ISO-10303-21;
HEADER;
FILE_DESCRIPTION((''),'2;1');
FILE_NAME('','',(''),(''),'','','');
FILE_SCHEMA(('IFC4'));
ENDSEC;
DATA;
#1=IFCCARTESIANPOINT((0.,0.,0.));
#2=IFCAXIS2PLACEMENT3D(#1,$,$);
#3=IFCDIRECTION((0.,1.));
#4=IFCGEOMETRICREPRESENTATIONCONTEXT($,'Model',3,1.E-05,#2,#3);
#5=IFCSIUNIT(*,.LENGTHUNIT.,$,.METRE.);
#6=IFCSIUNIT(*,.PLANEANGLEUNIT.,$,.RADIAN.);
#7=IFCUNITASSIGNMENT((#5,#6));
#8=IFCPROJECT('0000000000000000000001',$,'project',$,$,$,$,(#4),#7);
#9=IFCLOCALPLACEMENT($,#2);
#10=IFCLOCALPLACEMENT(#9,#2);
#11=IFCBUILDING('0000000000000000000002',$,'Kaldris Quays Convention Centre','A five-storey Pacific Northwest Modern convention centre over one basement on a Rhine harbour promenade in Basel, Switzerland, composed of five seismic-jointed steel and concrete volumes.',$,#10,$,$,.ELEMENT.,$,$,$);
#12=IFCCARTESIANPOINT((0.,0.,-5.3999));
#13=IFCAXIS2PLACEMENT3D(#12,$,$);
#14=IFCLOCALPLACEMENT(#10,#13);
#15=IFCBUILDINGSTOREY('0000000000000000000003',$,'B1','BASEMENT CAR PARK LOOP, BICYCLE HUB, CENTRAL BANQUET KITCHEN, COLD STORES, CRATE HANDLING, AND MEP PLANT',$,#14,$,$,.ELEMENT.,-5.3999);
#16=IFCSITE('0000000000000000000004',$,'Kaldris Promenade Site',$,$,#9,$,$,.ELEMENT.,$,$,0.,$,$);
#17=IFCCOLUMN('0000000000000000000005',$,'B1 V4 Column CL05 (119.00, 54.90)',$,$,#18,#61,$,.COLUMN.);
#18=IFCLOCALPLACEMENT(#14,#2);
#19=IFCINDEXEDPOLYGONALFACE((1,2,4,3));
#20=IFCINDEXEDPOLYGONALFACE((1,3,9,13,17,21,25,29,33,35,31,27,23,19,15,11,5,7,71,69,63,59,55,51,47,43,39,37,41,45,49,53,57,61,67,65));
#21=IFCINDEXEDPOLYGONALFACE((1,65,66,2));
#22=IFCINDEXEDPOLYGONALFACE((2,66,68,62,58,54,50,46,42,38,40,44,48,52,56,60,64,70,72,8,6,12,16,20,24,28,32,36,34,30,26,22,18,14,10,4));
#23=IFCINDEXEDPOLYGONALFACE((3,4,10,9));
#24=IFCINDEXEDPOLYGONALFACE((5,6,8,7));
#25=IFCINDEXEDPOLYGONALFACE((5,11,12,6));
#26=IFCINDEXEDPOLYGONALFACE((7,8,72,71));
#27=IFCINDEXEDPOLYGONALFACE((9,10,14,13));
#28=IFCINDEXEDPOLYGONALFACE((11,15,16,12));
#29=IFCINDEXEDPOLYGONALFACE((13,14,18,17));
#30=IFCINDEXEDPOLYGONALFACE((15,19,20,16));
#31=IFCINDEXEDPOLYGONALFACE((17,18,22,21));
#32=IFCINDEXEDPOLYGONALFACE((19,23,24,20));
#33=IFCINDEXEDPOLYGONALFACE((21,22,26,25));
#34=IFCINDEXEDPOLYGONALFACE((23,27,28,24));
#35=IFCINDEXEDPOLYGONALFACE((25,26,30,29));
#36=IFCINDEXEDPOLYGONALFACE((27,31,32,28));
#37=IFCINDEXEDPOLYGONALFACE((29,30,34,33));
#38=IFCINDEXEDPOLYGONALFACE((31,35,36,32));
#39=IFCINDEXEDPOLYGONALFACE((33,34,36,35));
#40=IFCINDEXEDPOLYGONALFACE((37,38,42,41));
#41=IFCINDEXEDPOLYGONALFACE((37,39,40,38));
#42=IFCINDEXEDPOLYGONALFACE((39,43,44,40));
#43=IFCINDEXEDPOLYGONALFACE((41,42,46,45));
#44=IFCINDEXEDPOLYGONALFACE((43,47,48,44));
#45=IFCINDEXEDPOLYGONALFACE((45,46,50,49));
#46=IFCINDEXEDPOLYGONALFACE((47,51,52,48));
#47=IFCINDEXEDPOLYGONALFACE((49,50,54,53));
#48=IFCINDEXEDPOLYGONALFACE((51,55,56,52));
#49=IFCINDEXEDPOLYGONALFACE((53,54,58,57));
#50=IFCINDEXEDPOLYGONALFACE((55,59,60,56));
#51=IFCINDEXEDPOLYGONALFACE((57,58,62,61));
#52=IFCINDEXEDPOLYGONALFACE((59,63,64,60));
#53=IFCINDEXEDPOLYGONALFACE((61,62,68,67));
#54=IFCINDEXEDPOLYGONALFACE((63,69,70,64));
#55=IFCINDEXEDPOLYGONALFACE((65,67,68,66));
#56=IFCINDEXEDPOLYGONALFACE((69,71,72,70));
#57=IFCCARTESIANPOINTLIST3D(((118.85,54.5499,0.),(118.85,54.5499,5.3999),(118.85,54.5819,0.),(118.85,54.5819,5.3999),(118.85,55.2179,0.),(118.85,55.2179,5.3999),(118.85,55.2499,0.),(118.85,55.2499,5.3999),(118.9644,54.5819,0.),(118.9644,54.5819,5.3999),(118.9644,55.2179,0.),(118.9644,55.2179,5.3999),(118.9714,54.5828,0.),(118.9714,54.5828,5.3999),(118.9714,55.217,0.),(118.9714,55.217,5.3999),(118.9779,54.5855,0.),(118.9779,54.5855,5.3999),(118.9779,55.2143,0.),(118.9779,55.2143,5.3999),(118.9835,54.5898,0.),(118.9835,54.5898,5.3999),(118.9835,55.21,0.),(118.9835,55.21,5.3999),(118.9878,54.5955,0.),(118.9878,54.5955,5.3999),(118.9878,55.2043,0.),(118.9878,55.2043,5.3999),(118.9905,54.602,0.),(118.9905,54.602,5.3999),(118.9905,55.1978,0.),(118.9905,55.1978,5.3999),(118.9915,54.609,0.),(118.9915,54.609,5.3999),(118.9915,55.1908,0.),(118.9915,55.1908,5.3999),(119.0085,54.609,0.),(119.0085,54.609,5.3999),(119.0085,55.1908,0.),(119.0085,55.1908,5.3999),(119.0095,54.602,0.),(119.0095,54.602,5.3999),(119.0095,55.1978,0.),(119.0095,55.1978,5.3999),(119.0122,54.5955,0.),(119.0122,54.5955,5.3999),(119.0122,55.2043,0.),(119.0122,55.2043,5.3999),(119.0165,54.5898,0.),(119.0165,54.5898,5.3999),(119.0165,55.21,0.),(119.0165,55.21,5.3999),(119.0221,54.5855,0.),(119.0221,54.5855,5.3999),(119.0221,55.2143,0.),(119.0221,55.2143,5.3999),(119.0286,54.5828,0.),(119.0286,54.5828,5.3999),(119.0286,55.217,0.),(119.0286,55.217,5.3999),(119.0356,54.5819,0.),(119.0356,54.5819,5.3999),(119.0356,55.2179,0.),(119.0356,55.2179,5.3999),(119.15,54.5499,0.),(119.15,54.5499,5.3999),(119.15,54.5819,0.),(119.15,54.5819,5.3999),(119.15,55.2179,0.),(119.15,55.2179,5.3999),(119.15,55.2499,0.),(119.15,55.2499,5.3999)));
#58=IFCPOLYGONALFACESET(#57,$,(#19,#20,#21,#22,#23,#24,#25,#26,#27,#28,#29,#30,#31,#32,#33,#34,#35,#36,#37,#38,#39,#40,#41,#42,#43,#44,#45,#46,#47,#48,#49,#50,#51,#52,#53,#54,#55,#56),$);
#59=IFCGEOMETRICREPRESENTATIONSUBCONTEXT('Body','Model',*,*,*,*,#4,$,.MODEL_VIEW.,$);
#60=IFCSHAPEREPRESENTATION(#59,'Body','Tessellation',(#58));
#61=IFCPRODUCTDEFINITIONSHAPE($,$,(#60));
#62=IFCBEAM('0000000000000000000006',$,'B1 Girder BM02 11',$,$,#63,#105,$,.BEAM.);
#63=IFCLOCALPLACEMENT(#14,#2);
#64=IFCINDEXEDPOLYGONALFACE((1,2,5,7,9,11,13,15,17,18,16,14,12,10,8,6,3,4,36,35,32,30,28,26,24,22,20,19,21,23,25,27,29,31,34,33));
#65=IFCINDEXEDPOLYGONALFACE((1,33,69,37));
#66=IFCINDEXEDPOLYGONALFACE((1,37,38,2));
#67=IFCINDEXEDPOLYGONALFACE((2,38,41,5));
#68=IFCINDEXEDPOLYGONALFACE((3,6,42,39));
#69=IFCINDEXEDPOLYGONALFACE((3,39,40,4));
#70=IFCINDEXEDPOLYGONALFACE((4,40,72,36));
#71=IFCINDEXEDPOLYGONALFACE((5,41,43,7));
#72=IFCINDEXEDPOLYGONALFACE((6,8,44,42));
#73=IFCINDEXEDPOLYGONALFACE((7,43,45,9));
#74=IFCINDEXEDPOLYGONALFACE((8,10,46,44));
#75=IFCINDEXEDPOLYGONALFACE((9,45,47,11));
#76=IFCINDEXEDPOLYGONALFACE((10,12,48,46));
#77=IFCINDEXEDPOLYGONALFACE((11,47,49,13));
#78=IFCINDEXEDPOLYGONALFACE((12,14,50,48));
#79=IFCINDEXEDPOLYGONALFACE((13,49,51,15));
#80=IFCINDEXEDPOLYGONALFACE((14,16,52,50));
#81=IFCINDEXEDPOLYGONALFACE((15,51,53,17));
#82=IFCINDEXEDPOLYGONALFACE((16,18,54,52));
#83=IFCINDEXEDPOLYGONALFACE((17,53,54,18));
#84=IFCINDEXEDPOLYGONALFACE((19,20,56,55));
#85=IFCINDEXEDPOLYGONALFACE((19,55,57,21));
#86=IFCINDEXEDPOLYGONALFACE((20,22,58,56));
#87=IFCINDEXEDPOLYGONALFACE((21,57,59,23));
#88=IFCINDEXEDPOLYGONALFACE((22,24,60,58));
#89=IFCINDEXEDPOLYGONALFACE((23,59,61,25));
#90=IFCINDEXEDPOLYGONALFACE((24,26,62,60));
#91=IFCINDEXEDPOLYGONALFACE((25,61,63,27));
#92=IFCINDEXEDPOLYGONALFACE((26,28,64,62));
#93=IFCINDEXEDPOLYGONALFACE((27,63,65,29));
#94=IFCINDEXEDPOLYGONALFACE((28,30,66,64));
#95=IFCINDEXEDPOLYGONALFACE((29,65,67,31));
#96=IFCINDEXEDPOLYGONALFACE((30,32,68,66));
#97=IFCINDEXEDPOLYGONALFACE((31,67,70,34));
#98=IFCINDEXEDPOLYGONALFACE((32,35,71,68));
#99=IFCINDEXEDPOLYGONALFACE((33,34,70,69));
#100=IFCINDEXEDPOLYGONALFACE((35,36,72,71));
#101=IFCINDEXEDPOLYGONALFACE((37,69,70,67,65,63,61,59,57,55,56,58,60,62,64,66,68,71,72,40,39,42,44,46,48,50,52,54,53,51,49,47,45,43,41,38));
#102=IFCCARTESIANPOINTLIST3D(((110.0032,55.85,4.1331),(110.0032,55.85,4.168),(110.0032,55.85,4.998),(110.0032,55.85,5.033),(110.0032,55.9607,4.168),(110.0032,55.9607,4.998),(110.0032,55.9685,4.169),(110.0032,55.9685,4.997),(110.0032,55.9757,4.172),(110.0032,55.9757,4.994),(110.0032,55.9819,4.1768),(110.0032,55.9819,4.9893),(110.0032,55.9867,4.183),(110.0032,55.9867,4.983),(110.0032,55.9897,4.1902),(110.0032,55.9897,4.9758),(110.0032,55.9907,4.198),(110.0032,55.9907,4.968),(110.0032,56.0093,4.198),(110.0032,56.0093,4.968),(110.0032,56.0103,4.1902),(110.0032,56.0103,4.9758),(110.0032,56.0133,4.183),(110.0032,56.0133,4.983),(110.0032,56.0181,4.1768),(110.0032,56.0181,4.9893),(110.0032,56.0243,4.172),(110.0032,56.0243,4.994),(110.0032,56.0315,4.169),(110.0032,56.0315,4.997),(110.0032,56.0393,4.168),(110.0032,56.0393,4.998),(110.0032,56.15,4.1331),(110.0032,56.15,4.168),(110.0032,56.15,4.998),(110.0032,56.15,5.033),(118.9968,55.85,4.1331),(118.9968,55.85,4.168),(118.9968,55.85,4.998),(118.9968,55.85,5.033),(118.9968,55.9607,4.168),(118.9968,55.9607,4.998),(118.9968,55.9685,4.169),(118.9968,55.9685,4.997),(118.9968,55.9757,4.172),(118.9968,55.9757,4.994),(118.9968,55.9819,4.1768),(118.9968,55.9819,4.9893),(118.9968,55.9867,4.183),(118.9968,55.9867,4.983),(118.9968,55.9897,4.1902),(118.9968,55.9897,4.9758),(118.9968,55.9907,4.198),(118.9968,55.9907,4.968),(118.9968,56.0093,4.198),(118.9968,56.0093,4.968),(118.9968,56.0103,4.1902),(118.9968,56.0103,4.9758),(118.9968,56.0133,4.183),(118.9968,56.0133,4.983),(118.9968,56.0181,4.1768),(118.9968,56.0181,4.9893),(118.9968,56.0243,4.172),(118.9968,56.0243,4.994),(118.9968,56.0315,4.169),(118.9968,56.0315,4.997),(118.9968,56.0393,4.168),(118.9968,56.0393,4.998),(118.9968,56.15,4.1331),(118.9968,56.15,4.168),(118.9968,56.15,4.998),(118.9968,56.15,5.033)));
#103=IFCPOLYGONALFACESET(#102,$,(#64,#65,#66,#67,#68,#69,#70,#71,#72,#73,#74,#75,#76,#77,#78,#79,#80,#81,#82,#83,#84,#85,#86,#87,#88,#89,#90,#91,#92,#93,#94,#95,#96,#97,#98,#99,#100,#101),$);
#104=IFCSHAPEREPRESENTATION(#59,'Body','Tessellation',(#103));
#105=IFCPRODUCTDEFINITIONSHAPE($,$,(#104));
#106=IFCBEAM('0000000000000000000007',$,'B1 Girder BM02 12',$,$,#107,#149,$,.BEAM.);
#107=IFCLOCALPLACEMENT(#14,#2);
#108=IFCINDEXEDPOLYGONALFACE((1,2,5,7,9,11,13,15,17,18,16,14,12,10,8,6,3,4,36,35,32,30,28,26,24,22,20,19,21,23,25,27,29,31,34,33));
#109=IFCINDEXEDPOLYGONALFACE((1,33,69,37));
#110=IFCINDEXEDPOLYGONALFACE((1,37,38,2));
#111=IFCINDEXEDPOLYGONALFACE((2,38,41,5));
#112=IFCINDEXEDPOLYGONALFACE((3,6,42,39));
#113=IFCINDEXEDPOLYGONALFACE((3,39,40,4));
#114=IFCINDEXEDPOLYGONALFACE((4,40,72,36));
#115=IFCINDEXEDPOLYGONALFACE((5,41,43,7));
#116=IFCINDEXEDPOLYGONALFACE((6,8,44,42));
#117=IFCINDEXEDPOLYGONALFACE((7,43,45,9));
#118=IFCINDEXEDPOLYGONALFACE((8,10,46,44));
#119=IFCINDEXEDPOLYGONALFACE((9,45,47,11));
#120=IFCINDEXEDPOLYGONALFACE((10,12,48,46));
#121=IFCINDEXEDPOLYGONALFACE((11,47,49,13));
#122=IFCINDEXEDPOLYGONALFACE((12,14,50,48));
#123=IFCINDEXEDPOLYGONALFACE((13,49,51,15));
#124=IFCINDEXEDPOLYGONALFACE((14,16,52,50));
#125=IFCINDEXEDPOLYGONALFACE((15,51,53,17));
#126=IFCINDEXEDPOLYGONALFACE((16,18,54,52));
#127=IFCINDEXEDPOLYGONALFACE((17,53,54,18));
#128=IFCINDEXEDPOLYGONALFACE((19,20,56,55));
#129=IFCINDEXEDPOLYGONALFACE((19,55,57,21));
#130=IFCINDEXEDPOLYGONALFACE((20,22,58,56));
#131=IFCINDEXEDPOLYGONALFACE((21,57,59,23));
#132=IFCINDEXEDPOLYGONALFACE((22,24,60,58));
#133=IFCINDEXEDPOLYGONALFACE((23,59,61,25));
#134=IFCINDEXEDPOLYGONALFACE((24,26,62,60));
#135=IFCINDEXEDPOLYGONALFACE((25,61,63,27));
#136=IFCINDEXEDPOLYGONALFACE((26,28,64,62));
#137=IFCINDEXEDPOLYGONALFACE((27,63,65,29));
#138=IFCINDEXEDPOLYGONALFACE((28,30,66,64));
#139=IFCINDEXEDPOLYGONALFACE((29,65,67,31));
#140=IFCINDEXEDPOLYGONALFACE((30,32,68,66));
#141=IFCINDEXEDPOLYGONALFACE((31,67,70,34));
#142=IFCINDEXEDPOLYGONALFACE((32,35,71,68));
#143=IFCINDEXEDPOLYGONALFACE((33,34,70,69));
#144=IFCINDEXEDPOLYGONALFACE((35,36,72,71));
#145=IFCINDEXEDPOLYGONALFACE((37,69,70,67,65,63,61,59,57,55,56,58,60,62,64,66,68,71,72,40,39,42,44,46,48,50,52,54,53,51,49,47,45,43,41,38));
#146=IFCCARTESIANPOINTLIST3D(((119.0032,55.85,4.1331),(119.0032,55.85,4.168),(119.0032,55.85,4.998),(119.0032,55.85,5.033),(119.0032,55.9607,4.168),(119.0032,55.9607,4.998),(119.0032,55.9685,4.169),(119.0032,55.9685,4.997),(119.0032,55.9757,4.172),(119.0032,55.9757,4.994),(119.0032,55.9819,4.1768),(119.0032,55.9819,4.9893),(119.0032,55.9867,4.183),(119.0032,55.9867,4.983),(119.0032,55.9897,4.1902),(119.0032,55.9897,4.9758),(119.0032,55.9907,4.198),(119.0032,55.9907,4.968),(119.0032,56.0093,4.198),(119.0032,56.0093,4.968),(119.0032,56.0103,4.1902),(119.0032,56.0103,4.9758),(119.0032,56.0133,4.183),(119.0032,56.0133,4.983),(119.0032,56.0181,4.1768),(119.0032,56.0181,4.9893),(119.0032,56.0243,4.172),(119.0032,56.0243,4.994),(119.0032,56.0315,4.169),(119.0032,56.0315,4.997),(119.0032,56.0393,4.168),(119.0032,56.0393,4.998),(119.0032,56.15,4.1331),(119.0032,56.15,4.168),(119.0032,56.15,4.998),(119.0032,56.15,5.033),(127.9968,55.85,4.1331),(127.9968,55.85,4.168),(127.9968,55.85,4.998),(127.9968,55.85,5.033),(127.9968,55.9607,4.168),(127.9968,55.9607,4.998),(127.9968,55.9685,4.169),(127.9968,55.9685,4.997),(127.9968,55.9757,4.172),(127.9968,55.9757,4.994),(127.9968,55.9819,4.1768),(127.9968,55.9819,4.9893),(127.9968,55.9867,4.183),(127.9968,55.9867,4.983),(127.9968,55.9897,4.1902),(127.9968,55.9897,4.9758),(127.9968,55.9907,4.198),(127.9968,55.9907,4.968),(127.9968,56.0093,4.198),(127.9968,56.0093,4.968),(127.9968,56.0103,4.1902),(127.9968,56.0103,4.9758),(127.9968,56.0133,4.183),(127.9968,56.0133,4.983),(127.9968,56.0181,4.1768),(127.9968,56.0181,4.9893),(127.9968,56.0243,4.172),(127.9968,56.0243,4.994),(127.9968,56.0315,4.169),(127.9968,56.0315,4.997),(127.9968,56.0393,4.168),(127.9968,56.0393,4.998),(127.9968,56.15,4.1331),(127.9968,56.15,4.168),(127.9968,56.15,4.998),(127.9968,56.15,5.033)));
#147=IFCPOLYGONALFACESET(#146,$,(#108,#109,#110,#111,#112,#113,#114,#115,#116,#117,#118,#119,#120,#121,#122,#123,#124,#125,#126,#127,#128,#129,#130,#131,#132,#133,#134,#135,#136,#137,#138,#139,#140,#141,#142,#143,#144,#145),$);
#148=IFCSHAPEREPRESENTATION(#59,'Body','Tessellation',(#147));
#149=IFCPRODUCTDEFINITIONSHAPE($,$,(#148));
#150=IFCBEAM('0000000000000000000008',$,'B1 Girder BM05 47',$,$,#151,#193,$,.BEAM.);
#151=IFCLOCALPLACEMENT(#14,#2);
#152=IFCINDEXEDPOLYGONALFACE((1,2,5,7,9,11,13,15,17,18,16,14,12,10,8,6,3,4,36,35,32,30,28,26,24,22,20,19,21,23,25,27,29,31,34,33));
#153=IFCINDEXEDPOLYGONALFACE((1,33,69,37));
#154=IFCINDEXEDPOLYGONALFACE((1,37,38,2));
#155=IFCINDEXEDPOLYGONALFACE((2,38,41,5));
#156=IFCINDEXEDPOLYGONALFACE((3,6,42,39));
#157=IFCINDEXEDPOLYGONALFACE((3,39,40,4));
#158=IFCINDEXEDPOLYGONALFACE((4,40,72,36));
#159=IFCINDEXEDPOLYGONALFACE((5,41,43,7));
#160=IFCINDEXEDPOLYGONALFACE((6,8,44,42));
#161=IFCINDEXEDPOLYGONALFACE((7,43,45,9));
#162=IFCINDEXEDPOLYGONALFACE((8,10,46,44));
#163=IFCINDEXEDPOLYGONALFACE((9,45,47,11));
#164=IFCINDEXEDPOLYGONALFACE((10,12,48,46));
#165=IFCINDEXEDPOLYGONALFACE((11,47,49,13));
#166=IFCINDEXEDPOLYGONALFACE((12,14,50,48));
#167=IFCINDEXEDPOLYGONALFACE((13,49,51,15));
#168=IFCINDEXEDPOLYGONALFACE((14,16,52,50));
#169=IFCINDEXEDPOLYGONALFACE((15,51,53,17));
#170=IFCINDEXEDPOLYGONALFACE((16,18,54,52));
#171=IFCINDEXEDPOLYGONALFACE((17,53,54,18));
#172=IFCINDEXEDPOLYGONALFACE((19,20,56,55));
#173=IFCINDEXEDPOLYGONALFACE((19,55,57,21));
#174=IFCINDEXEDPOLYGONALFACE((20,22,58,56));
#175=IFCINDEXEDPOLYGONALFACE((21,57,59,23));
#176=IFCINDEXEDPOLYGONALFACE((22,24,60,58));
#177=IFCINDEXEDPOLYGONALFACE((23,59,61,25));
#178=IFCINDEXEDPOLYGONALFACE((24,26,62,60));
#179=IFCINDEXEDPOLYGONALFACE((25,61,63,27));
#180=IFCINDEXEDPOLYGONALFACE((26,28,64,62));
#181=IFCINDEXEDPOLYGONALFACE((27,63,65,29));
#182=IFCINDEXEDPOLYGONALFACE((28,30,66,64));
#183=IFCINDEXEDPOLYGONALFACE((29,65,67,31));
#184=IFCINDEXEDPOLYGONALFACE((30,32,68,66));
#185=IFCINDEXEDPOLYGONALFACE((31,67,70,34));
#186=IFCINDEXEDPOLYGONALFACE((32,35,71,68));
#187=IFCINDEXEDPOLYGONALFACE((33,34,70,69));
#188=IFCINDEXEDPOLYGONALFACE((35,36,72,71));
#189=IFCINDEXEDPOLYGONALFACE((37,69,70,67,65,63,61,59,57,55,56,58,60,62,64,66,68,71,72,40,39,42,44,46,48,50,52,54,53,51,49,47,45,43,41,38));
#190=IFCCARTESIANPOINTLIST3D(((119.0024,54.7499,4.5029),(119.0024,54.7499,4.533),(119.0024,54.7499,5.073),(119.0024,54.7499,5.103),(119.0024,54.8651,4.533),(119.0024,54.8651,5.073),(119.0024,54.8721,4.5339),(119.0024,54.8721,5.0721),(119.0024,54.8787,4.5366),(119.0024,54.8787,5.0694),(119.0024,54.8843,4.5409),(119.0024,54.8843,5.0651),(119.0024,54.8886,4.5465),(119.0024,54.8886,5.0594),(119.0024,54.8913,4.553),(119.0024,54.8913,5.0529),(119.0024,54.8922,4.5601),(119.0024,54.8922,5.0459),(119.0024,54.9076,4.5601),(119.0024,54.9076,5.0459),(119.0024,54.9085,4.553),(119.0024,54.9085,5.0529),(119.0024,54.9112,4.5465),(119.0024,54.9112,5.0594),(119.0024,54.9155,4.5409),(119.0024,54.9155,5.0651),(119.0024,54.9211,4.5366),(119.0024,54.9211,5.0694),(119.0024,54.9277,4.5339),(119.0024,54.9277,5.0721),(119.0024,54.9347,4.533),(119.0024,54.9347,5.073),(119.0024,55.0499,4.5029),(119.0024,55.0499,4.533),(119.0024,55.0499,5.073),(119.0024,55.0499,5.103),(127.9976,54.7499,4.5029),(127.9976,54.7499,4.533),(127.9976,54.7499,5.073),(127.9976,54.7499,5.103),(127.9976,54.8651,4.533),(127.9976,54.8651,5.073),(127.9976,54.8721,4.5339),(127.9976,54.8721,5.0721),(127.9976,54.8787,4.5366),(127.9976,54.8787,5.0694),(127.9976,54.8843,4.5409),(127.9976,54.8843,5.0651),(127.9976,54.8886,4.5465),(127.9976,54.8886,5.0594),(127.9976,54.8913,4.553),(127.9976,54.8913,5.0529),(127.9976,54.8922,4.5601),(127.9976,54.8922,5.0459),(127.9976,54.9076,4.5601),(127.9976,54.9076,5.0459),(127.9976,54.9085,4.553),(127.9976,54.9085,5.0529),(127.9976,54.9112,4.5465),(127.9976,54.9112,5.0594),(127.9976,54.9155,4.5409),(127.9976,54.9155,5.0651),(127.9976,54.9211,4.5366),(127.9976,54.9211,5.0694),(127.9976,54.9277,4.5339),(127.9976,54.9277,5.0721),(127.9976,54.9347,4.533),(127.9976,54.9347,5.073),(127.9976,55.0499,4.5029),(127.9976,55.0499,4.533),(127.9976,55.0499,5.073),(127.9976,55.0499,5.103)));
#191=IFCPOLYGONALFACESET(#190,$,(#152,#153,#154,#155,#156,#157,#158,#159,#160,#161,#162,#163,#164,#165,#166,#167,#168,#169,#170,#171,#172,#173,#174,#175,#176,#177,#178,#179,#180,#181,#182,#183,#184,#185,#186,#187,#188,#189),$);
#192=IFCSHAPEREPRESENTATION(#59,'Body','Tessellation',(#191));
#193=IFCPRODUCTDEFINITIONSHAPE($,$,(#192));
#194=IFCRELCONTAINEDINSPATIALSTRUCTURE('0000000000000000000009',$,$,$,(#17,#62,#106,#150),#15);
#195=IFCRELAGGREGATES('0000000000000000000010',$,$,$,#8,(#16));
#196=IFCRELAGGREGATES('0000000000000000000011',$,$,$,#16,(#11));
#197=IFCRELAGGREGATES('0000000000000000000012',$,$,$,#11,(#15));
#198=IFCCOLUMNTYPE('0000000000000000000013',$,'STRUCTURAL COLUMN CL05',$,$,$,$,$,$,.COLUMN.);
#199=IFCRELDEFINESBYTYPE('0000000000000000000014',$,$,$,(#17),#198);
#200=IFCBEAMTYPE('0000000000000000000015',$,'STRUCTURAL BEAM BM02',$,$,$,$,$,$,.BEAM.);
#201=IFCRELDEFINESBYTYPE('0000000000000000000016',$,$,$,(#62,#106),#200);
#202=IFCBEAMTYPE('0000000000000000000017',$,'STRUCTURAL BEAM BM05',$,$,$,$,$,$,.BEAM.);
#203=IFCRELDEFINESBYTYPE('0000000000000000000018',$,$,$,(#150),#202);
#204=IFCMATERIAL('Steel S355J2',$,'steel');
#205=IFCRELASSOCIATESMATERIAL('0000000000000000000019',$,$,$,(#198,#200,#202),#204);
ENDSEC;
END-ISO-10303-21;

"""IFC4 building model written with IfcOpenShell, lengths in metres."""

from ifc_helpers import new_model, si_unit, direction, frame, origin, origin_2d, place, context, subcontext, project, spatial, i_section, extrude, material, material_profile, profile_set, type_object, element, save


model = new_model("IFC4")

# Units and contexts
model_context = context("Model", 3, precision=1e-05, world=origin(), true_north=direction((0.0, 1.0)))
body_context = subcontext(model_context, "Body", "Model", "MODEL_VIEW")
ifc_project = project(units=[si_unit("LENGTHUNIT", "METRE"), si_unit("PLANEANGLEUNIT", "RADIAN")], contexts=[model_context])

# Site, building, storey
site_placement = place(None, origin())
site = spatial("IfcSite", under=ifc_project, at=site_placement, Name="Kaldris Promenade Site", CompositionType="ELEMENT", RefElevation=0.0)
building_placement = place(site_placement, origin())
building = spatial("IfcBuilding", under=site, at=building_placement, Name="Kaldris Quays Convention Centre", Description="A five-storey Pacific Northwest Modern convention centre over one basement on a Rhine harbour promenade in Basel, Switzerland, composed of five seismic-jointed steel and concrete volumes.", CompositionType="ELEMENT")
storey_placement = place(building_placement, frame((0.0, 0.0, -5.3999)))
storey = spatial("IfcBuildingStorey", under=building, at=storey_placement, Name="B1", Description="BASEMENT CAR PARK LOOP, BICYCLE HUB, CENTRAL BANQUET KITCHEN, COLD STORES, CRATE HANDLING, AND MEP PLANT", CompositionType="ELEMENT", Elevation=-5.3999)

# Column
ifc_material_1 = material(Name="Steel S355J2", Category="steel")
ifc_material_profile_1 = material_profile(ifc_material_1, i_section(OverallWidth=0.3, OverallDepth=0.7, WebThickness=0.0171, FlangeThickness=0.032, FilletRadius=0.0271, at=origin_2d()), Name="HEB 700")
ifc_profile_set_1 = profile_set([ifc_material_profile_1], Name="Steel S355J2")
column_type_1 = type_object("IfcColumnType", Name="STRUCTURAL COLUMN CL05", PredefinedType="COLUMN", material=ifc_profile_set_1)
column_1_placement = place(storey_placement, frame((119.0, 54.8999, 0.0), z_axis=(0.0, 0.0, 1.0), x_axis=(1.0, 0.0, 0.0)))
element("IfcColumn", 1, at=column_1_placement, inside=storey, type_object=column_type_1, Name="B1 V4 Column CL05 (119.00, 54.90)", PredefinedType="COLUMN", context=body_context, shape_type="SweptSolid", body=[
    extrude(i_section(OverallWidth=0.3, OverallDepth=0.7, WebThickness=0.0171, FlangeThickness=0.032, FilletRadius=0.0271, at=origin_2d()), origin(), (0.0, 0.0, 1.0), 5.3999),
])

# Beams
ifc_material_profile_2 = material_profile(ifc_material_1, i_section(OverallWidth=0.3, OverallDepth=0.8999, WebThickness=0.0186, FlangeThickness=0.0349, FilletRadius=0.03, at=origin_2d()), Name="HEB 900")
ifc_profile_set_2 = profile_set([ifc_material_profile_2], Name="Steel S355J2")
beam_type_1 = type_object("IfcBeamType", Name="STRUCTURAL BEAM BM02", PredefinedType="BEAM", material=ifc_profile_set_2)
for number, where, z_axis, x_axis, name in (
    (2, (110.0032, 56.0, 4.583), (1.0, 0.0, 0.0), (0.0, 1.0, 0.0), "B1 Girder BM02 11"),
    (3, (119.0032, 56.0, 4.583), (1.0, 0.0, 0.0), (0.0, 1.0, 0.0), "B1 Girder BM02 12"),
):
    element("IfcBeam", number, at=place(storey_placement, frame(where, z_axis=z_axis, x_axis=x_axis)), inside=storey, type_object=beam_type_1, Name=name, PredefinedType="BEAM", context=body_context, shape_type="SweptSolid", body=[
        extrude(i_section(OverallWidth=0.3, OverallDepth=0.8999, WebThickness=0.0186, FlangeThickness=0.0349, FilletRadius=0.03, at=origin_2d()), origin(), (0.0, 0.0, 1.0), 8.9937),
    ])
ifc_material_profile_3 = material_profile(ifc_material_1, i_section(OverallWidth=0.3, OverallDepth=0.6001, WebThickness=0.0154, FlangeThickness=0.03, FilletRadius=0.0271, at=origin_2d()), Name="HEB 600")
ifc_profile_set_3 = profile_set([ifc_material_profile_3], Name="Steel S355J2")
beam_type_2 = type_object("IfcBeamType", Name="STRUCTURAL BEAM BM05", PredefinedType="BEAM", material=ifc_profile_set_3)
beam_placement = place(storey_placement, frame((119.0024, 54.8999, 4.803), z_axis=(1.0, 0.0, 0.0), x_axis=(0.0, 1.0, 0.0)))
element("IfcBeam", 4, at=beam_placement, inside=storey, type_object=beam_type_2, Name="B1 Girder BM05 47", PredefinedType="BEAM", context=body_context, shape_type="SweptSolid", body=[
    extrude(i_section(OverallWidth=0.3, OverallDepth=0.6001, WebThickness=0.0154, FlangeThickness=0.03, FilletRadius=0.0271, at=origin_2d()), origin(), (0.0, 0.0, 1.0), 8.9951),
])

save(model, "model.ifc")
